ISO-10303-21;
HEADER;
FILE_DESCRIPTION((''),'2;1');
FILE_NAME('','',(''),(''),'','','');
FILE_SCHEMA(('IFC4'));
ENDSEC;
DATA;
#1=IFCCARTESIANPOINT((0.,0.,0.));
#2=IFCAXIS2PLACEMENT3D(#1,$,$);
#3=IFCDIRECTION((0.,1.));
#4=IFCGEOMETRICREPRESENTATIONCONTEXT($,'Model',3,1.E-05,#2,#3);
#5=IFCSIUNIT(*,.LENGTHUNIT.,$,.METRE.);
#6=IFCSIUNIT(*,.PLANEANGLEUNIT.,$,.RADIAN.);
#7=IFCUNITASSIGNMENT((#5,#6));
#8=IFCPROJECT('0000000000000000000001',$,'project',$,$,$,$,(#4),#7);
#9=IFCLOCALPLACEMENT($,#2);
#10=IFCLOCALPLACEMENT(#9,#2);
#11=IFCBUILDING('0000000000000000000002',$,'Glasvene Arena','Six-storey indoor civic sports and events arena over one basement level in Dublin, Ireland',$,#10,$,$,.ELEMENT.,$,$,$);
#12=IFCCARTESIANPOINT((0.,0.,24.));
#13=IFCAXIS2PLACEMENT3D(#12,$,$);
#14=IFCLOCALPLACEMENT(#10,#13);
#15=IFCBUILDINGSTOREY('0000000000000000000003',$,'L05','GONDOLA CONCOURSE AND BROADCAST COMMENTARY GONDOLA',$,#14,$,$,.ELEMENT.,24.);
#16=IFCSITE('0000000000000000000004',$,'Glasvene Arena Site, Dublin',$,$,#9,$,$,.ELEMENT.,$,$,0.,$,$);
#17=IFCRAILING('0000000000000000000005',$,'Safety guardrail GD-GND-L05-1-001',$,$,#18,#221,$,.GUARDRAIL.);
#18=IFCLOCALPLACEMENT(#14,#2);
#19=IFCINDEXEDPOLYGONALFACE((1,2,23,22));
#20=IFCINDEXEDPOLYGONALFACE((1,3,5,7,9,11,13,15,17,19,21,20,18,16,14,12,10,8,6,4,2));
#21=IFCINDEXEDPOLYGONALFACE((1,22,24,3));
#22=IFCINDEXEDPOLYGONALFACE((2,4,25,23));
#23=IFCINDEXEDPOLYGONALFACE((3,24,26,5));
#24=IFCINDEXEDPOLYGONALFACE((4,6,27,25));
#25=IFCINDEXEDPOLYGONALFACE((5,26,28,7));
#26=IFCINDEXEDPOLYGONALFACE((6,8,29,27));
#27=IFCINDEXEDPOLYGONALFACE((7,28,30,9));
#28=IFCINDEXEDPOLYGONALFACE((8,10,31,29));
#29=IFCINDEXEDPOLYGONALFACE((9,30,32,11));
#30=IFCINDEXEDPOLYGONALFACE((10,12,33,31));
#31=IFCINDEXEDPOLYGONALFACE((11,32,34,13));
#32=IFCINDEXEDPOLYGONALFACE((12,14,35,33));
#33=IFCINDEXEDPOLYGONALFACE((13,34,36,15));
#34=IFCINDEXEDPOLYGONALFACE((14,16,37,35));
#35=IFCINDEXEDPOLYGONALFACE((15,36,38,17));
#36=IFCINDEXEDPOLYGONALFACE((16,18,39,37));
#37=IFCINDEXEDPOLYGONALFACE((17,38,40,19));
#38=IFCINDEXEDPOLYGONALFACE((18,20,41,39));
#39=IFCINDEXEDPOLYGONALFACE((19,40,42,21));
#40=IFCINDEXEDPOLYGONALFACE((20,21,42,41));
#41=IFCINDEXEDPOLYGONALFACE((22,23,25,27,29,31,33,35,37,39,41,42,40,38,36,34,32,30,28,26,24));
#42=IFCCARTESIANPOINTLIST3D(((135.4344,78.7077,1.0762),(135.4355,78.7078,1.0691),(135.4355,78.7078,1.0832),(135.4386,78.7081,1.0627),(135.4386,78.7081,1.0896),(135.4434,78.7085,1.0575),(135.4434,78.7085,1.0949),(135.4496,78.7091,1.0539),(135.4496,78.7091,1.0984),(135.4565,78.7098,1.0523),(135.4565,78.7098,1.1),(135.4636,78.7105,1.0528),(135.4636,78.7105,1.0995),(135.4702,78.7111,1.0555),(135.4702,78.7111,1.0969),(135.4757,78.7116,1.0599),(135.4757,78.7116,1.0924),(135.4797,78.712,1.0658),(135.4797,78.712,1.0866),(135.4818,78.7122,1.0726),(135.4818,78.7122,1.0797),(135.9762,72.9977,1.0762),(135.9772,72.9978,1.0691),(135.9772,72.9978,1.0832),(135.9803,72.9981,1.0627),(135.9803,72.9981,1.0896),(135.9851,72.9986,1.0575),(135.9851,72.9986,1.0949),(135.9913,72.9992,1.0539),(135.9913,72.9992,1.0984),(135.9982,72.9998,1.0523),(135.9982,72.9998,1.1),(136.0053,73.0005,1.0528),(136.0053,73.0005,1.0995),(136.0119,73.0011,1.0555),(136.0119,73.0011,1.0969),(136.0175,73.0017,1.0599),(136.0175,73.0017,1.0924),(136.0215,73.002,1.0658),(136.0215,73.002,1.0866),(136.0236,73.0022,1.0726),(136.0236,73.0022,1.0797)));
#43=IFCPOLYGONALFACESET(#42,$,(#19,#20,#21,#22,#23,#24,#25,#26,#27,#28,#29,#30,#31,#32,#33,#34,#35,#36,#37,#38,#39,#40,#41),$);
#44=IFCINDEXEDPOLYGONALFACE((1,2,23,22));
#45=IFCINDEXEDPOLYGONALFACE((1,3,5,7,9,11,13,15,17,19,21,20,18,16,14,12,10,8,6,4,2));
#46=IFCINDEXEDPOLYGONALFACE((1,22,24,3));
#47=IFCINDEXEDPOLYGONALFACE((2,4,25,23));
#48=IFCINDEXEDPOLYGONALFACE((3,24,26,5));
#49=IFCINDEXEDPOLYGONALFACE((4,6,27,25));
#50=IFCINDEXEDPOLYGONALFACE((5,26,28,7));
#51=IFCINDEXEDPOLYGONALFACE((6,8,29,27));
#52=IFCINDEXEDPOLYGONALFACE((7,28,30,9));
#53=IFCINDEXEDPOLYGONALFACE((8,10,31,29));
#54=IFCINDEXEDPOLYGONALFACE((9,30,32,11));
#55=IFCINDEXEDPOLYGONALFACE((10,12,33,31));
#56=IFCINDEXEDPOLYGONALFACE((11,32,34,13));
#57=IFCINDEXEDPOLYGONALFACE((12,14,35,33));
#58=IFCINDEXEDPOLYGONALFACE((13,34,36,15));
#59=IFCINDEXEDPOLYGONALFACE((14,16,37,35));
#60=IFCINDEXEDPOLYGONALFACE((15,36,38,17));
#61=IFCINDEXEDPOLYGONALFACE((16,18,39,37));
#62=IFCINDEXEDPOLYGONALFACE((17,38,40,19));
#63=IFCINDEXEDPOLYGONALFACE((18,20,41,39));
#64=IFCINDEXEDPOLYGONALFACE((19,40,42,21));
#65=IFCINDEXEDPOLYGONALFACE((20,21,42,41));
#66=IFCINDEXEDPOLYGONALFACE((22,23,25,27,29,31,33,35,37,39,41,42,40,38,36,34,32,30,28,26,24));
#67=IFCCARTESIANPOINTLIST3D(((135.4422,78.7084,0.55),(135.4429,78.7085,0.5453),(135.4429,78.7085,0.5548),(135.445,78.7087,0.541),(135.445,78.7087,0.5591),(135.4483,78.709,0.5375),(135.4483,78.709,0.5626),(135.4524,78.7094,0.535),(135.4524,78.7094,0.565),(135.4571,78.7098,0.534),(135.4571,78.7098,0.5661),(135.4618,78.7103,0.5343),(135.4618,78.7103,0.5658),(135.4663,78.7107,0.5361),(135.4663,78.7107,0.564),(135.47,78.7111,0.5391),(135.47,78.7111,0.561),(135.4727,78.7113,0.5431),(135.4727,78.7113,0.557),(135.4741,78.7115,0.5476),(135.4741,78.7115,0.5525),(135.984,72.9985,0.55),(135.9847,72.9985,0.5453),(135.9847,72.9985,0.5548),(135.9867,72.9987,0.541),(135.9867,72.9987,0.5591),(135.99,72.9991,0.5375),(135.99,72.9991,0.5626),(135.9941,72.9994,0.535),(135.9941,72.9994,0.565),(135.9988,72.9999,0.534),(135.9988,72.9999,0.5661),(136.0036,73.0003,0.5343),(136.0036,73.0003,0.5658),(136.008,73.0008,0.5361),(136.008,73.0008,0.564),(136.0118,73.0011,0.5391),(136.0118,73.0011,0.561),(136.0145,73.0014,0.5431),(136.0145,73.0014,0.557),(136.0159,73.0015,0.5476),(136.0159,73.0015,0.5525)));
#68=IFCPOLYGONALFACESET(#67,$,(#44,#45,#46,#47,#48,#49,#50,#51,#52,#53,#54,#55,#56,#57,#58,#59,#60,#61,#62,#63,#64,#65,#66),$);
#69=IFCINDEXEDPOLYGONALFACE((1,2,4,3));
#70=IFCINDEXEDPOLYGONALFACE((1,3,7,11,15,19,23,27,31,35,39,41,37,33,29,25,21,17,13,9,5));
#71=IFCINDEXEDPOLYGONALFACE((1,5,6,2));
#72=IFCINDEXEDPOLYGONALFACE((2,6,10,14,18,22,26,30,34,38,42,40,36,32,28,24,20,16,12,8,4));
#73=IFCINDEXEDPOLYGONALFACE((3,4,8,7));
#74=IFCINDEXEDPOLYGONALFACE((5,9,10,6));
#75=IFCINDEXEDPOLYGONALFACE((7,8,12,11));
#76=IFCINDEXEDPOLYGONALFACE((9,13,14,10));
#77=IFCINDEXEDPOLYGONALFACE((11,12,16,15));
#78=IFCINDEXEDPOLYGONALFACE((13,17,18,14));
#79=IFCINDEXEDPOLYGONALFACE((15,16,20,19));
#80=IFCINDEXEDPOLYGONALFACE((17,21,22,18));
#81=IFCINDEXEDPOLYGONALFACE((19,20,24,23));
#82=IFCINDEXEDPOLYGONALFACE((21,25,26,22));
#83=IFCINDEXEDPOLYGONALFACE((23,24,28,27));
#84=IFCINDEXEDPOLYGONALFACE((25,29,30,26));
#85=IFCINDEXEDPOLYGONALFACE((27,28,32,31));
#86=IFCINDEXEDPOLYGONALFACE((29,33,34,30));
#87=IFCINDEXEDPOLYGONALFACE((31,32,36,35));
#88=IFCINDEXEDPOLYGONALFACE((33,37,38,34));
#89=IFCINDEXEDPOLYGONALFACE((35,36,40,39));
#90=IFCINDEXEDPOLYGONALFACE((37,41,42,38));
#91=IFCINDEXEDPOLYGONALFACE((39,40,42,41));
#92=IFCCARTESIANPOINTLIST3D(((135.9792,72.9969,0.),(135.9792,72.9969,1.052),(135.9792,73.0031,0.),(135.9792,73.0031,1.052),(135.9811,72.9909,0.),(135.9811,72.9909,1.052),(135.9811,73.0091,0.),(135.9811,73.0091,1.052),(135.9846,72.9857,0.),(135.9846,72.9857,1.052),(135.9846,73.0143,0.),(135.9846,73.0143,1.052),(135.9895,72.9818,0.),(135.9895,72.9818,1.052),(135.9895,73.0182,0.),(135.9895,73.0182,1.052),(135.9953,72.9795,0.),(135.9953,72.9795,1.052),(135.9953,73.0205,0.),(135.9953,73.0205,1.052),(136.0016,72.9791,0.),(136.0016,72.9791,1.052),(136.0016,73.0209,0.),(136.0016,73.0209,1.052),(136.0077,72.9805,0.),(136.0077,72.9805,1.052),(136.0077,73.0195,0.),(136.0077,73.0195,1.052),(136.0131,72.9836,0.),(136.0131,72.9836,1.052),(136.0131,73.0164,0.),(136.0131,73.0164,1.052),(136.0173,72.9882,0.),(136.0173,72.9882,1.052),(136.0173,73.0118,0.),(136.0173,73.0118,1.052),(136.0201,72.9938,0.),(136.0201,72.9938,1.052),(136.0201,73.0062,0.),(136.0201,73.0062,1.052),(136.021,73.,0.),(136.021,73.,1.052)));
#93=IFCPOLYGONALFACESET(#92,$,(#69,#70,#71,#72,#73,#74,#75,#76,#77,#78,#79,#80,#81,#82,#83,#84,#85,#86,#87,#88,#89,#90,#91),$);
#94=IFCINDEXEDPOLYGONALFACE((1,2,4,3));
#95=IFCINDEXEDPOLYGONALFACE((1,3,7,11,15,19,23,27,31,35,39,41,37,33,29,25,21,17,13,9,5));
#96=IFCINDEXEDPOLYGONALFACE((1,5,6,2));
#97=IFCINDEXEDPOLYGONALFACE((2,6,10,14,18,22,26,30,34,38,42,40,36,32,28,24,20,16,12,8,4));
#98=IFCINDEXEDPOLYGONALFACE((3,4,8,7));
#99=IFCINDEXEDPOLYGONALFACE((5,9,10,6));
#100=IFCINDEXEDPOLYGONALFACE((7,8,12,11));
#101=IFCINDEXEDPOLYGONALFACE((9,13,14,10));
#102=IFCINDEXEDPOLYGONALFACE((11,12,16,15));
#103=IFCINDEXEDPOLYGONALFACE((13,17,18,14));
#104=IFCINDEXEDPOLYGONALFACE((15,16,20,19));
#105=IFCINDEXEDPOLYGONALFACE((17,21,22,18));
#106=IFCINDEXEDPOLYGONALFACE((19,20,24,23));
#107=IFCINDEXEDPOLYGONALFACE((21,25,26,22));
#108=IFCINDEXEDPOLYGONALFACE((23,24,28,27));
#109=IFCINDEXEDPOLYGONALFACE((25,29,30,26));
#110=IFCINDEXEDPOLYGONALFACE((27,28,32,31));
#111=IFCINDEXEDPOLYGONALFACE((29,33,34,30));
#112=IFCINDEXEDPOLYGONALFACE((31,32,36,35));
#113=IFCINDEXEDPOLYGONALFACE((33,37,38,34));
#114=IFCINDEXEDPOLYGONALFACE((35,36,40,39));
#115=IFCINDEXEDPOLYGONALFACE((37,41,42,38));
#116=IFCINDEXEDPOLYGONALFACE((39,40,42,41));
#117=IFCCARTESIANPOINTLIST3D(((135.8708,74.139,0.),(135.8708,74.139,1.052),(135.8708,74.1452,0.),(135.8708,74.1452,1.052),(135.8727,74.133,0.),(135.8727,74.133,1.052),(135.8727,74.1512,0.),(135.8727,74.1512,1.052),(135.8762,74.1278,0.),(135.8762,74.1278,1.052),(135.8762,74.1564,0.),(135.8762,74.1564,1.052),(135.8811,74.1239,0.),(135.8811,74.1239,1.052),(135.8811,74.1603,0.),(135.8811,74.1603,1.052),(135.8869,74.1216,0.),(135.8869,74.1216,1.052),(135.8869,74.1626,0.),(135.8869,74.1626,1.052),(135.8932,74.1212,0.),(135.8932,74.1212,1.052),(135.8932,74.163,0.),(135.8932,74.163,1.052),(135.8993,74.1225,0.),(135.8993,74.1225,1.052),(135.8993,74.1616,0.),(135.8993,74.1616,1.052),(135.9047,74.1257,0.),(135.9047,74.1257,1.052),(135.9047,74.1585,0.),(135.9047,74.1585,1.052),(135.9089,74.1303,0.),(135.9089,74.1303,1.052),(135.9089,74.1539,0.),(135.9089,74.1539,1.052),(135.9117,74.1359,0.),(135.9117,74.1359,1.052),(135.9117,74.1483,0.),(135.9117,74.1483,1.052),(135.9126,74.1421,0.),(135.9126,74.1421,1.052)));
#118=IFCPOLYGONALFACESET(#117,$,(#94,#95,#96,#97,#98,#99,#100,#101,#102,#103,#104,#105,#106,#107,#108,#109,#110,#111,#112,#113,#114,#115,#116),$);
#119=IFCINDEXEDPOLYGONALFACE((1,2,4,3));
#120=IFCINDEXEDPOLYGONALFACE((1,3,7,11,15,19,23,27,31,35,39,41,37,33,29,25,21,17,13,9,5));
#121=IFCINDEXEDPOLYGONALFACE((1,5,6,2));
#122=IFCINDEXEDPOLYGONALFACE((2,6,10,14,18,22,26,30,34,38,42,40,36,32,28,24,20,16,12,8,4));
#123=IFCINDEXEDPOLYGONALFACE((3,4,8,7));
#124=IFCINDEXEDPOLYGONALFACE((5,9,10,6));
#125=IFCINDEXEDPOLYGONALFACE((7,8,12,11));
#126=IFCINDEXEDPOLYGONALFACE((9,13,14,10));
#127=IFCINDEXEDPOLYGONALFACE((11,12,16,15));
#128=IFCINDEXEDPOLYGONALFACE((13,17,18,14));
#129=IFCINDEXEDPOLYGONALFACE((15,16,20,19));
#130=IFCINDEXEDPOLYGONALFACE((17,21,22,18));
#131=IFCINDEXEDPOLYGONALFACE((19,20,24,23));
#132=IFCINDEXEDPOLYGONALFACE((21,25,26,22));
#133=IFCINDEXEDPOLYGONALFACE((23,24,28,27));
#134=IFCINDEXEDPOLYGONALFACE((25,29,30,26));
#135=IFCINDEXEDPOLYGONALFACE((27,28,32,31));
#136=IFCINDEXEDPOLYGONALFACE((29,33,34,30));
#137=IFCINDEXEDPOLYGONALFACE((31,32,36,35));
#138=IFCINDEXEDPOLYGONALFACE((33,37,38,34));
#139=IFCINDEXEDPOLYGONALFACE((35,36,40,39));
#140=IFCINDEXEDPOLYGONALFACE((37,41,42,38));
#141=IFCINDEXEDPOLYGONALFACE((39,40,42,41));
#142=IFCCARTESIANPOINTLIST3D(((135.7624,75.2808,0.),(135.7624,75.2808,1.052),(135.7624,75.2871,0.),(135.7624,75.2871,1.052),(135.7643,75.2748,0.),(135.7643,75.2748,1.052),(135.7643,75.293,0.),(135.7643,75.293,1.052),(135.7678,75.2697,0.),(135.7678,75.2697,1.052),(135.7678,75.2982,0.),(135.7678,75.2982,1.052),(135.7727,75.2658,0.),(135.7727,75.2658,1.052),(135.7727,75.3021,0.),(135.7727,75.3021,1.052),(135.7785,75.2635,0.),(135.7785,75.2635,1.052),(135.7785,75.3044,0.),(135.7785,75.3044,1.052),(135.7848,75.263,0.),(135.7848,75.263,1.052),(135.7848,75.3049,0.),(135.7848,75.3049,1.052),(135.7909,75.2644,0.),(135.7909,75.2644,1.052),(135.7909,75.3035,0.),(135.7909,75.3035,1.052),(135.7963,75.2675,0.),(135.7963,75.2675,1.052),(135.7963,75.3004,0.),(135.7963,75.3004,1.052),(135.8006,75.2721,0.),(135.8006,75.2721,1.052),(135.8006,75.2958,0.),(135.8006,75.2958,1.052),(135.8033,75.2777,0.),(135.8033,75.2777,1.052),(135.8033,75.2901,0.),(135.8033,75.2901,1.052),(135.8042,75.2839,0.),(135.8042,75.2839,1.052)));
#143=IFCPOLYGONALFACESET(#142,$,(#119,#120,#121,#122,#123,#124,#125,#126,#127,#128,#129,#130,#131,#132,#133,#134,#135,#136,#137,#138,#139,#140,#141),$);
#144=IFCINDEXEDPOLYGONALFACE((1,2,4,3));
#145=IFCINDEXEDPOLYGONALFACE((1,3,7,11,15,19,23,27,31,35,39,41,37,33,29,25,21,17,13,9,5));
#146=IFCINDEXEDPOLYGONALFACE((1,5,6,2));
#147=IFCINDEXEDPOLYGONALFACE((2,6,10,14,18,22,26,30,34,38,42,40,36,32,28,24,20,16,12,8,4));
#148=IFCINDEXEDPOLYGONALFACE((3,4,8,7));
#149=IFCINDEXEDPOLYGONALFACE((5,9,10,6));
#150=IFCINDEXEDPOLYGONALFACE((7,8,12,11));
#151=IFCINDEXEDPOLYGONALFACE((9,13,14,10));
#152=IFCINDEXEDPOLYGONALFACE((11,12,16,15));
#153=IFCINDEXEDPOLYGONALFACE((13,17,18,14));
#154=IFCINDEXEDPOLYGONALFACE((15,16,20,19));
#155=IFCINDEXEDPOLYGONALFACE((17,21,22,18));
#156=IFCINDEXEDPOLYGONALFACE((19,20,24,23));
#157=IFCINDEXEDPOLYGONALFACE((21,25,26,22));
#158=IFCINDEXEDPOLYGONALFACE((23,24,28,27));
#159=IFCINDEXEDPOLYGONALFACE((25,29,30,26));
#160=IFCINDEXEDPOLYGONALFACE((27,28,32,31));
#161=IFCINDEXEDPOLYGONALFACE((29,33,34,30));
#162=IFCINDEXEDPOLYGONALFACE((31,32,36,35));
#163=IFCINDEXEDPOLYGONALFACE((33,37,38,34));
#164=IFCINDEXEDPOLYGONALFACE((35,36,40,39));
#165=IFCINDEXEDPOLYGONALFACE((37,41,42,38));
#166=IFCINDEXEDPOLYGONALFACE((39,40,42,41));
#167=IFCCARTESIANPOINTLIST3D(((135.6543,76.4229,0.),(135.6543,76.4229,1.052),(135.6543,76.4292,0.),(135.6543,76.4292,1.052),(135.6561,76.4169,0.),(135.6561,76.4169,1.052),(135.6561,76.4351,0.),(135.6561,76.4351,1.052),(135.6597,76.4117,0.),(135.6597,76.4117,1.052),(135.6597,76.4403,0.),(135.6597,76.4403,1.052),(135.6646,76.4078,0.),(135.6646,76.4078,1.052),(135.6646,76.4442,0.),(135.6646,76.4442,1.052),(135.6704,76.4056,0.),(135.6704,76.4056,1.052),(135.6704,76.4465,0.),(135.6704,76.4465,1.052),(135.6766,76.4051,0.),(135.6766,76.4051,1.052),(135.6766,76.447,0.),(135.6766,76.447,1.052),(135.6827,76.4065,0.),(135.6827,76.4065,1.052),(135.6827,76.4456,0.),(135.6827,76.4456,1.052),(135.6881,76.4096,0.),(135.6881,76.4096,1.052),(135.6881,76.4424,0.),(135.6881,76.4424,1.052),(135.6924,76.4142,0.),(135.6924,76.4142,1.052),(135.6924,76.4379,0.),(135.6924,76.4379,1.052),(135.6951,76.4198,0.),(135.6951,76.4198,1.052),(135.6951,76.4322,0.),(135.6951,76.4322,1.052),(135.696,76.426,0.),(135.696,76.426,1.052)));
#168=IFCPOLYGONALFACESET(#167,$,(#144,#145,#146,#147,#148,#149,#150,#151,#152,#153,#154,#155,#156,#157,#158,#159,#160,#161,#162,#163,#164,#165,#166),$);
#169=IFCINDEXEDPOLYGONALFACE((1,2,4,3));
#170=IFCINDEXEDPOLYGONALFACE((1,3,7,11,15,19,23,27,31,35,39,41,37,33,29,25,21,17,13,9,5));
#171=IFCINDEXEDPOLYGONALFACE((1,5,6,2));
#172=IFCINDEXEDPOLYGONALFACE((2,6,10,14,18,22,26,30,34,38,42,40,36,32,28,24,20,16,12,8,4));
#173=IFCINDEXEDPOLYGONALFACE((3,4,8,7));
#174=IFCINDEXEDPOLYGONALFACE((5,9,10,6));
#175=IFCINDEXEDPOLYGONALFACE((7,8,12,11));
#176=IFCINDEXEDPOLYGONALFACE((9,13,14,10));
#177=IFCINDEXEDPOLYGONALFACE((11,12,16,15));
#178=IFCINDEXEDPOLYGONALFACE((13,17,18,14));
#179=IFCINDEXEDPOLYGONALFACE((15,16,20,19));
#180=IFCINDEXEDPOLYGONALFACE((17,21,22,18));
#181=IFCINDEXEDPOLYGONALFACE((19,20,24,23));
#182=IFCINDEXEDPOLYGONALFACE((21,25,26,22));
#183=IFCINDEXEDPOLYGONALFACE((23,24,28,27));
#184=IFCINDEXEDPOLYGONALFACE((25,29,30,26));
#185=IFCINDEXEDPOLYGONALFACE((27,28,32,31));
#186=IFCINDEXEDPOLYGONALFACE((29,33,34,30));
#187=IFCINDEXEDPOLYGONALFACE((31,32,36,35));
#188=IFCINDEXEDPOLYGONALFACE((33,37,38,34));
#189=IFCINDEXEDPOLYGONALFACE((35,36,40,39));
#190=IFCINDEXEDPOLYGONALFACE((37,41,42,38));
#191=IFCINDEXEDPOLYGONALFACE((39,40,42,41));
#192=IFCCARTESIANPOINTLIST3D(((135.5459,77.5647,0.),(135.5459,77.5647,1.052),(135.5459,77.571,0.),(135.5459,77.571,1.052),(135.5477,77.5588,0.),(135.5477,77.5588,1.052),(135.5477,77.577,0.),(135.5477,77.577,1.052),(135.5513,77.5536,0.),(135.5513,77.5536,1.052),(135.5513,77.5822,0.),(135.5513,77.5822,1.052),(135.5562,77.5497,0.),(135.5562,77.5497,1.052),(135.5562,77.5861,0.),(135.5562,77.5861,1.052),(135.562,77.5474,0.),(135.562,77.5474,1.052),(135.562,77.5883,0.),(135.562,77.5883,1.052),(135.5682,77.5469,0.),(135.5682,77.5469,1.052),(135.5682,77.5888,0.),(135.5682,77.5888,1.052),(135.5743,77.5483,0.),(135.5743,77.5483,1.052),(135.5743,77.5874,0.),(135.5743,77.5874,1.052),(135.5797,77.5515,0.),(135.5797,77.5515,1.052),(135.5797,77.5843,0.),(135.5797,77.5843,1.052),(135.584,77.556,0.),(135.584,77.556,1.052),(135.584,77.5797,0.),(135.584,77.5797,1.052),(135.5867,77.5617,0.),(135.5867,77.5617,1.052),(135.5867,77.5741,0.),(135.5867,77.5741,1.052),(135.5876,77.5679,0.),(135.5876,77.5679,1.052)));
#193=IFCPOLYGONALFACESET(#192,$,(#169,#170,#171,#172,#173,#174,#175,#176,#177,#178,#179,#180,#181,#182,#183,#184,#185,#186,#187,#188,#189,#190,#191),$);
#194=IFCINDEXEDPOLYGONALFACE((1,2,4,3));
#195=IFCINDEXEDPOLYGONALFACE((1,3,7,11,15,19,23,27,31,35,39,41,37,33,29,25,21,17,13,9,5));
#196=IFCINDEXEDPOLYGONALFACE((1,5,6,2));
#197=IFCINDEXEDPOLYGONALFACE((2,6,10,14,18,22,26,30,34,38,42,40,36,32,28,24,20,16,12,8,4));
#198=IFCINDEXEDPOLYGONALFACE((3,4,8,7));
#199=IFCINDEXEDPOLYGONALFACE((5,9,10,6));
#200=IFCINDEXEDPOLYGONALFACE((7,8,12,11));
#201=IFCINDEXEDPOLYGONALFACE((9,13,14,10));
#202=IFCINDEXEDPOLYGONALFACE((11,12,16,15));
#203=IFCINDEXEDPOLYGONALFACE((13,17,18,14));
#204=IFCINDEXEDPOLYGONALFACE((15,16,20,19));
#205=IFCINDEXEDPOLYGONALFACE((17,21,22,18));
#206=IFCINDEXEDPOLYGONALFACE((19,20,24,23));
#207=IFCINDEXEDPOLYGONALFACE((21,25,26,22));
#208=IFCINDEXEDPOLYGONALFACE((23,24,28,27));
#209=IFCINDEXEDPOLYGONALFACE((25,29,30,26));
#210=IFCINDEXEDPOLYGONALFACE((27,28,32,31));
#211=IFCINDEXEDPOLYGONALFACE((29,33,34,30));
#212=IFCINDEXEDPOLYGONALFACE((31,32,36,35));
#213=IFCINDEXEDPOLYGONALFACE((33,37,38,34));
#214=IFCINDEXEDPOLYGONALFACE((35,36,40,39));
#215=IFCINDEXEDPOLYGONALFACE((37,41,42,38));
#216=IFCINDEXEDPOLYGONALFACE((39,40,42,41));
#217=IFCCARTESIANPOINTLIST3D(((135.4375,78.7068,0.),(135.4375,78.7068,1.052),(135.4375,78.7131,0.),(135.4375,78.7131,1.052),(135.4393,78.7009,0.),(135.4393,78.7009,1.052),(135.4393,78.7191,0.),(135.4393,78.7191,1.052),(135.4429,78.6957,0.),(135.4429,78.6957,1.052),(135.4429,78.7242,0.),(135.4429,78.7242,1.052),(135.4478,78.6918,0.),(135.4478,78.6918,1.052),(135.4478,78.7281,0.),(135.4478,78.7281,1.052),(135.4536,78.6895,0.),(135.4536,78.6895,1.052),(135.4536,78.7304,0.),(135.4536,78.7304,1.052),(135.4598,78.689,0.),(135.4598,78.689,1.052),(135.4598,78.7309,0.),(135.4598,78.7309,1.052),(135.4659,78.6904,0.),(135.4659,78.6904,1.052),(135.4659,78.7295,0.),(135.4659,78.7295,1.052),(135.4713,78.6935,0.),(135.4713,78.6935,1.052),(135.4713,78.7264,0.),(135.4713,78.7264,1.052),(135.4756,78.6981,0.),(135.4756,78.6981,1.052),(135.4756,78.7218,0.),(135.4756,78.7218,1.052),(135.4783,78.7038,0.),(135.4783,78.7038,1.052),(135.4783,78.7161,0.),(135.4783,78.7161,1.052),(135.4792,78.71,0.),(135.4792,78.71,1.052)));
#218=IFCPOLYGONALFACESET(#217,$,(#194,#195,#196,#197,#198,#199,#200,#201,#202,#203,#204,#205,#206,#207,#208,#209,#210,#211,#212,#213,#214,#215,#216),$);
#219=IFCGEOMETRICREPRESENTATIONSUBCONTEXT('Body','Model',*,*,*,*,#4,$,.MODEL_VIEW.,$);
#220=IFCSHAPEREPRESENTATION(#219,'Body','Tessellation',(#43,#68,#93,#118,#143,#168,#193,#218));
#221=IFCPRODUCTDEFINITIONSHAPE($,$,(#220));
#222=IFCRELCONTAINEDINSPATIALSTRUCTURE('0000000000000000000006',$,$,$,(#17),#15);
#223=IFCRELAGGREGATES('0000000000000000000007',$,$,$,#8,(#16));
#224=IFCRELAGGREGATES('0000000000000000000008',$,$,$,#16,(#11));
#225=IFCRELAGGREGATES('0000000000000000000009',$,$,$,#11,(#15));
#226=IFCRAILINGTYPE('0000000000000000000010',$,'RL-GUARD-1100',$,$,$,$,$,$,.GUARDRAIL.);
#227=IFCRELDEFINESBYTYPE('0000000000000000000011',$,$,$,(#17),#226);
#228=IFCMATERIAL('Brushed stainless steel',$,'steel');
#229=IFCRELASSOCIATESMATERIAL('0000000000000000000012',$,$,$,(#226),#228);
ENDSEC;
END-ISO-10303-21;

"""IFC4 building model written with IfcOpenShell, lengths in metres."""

from ifc_helpers import new_model, si_unit, direction, frame, origin, origin_2d, place, context, subcontext, project, spatial, circle, extrude, material, type_object, element, save


model = new_model("IFC4")

# Units and contexts
model_context = context("Model", 3, precision=1e-05, world=origin(), true_north=direction((0.0, 1.0)))
body_context = subcontext(model_context, "Body", "Model", "MODEL_VIEW")
ifc_project = project(units=[si_unit("LENGTHUNIT", "METRE"), si_unit("PLANEANGLEUNIT", "RADIAN")], contexts=[model_context])

# Site, building, storey
site_placement = place(None, origin())
site = spatial("IfcSite", under=ifc_project, at=site_placement, Name="Glasvene Arena Site, Dublin", CompositionType="ELEMENT", RefElevation=0.0)
building_placement = place(site_placement, origin())
building = spatial("IfcBuilding", under=site, at=building_placement, Name="Glasvene Arena", Description="Six-storey indoor civic sports and events arena over one basement level in Dublin, Ireland", CompositionType="ELEMENT")
storey_placement = place(building_placement, frame((0.0, 0.0, 24.0)))
storey = spatial("IfcBuildingStorey", under=building, at=storey_placement, Name="L05", Description="GONDOLA CONCOURSE AND BROADCAST COMMENTARY GONDOLA", CompositionType="ELEMENT", Elevation=24.0)

# Railing
ifc_material_1 = material(Name="Brushed stainless steel", Category="steel")
railing_type_1 = type_object("IfcRailingType", Name="RL-GUARD-1100", PredefinedType="GUARDRAIL", material=ifc_material_1)
railing_1_placement = place(storey_placement, frame((136.0, 73.0, 0.0)))
element("IfcRailing", 1, at=railing_1_placement, inside=storey, type_object=railing_type_1, Name="Safety guardrail GD-GND-L05-1-001", PredefinedType="GUARDRAIL", context=body_context, shape_type="SweptSolid", body=[
    extrude(circle(Radius=0.0239, at=origin_2d()), frame((0.0, 0.0, 1.0762), z_axis=(-0.094454, 0.995529, 0.0), x_axis=(-0.995529, -0.094454, 0.0)), (0.0, 0.0, 1.0), 5.7356),
    extrude(circle(Radius=0.0161, at=origin_2d()), frame((0.0, 0.0, 0.55), z_axis=(-0.094454, 0.995529, 0.0), x_axis=(-0.995529, -0.094454, 0.0)), (0.0, 0.0, 1.0), 5.7356),
    extrude(circle(Radius=0.021, at=origin_2d()), origin(), (0.0, 0.0, 1.0), 1.052),
    extrude(circle(Radius=0.021, at=origin_2d()), frame((-0.1084, 1.1421, 0.0)), (0.0, 0.0, 1.0), 1.052),
    extrude(circle(Radius=0.021, at=origin_2d()), frame((-0.2168, 2.2839, 0.0)), (0.0, 0.0, 1.0), 1.052),
    extrude(circle(Radius=0.021, at=origin_2d()), frame((-0.325, 3.426, 0.0)), (0.0, 0.0, 1.0), 1.052),
    extrude(circle(Radius=0.021, at=origin_2d()), frame((-0.4333, 4.5679, 0.0)), (0.0, 0.0, 1.0), 1.052),
    extrude(circle(Radius=0.021, at=origin_2d()), frame((-0.5417, 5.71, 0.0)), (0.0, 0.0, 1.0), 1.052),
])

save(model, "model.ifc")
